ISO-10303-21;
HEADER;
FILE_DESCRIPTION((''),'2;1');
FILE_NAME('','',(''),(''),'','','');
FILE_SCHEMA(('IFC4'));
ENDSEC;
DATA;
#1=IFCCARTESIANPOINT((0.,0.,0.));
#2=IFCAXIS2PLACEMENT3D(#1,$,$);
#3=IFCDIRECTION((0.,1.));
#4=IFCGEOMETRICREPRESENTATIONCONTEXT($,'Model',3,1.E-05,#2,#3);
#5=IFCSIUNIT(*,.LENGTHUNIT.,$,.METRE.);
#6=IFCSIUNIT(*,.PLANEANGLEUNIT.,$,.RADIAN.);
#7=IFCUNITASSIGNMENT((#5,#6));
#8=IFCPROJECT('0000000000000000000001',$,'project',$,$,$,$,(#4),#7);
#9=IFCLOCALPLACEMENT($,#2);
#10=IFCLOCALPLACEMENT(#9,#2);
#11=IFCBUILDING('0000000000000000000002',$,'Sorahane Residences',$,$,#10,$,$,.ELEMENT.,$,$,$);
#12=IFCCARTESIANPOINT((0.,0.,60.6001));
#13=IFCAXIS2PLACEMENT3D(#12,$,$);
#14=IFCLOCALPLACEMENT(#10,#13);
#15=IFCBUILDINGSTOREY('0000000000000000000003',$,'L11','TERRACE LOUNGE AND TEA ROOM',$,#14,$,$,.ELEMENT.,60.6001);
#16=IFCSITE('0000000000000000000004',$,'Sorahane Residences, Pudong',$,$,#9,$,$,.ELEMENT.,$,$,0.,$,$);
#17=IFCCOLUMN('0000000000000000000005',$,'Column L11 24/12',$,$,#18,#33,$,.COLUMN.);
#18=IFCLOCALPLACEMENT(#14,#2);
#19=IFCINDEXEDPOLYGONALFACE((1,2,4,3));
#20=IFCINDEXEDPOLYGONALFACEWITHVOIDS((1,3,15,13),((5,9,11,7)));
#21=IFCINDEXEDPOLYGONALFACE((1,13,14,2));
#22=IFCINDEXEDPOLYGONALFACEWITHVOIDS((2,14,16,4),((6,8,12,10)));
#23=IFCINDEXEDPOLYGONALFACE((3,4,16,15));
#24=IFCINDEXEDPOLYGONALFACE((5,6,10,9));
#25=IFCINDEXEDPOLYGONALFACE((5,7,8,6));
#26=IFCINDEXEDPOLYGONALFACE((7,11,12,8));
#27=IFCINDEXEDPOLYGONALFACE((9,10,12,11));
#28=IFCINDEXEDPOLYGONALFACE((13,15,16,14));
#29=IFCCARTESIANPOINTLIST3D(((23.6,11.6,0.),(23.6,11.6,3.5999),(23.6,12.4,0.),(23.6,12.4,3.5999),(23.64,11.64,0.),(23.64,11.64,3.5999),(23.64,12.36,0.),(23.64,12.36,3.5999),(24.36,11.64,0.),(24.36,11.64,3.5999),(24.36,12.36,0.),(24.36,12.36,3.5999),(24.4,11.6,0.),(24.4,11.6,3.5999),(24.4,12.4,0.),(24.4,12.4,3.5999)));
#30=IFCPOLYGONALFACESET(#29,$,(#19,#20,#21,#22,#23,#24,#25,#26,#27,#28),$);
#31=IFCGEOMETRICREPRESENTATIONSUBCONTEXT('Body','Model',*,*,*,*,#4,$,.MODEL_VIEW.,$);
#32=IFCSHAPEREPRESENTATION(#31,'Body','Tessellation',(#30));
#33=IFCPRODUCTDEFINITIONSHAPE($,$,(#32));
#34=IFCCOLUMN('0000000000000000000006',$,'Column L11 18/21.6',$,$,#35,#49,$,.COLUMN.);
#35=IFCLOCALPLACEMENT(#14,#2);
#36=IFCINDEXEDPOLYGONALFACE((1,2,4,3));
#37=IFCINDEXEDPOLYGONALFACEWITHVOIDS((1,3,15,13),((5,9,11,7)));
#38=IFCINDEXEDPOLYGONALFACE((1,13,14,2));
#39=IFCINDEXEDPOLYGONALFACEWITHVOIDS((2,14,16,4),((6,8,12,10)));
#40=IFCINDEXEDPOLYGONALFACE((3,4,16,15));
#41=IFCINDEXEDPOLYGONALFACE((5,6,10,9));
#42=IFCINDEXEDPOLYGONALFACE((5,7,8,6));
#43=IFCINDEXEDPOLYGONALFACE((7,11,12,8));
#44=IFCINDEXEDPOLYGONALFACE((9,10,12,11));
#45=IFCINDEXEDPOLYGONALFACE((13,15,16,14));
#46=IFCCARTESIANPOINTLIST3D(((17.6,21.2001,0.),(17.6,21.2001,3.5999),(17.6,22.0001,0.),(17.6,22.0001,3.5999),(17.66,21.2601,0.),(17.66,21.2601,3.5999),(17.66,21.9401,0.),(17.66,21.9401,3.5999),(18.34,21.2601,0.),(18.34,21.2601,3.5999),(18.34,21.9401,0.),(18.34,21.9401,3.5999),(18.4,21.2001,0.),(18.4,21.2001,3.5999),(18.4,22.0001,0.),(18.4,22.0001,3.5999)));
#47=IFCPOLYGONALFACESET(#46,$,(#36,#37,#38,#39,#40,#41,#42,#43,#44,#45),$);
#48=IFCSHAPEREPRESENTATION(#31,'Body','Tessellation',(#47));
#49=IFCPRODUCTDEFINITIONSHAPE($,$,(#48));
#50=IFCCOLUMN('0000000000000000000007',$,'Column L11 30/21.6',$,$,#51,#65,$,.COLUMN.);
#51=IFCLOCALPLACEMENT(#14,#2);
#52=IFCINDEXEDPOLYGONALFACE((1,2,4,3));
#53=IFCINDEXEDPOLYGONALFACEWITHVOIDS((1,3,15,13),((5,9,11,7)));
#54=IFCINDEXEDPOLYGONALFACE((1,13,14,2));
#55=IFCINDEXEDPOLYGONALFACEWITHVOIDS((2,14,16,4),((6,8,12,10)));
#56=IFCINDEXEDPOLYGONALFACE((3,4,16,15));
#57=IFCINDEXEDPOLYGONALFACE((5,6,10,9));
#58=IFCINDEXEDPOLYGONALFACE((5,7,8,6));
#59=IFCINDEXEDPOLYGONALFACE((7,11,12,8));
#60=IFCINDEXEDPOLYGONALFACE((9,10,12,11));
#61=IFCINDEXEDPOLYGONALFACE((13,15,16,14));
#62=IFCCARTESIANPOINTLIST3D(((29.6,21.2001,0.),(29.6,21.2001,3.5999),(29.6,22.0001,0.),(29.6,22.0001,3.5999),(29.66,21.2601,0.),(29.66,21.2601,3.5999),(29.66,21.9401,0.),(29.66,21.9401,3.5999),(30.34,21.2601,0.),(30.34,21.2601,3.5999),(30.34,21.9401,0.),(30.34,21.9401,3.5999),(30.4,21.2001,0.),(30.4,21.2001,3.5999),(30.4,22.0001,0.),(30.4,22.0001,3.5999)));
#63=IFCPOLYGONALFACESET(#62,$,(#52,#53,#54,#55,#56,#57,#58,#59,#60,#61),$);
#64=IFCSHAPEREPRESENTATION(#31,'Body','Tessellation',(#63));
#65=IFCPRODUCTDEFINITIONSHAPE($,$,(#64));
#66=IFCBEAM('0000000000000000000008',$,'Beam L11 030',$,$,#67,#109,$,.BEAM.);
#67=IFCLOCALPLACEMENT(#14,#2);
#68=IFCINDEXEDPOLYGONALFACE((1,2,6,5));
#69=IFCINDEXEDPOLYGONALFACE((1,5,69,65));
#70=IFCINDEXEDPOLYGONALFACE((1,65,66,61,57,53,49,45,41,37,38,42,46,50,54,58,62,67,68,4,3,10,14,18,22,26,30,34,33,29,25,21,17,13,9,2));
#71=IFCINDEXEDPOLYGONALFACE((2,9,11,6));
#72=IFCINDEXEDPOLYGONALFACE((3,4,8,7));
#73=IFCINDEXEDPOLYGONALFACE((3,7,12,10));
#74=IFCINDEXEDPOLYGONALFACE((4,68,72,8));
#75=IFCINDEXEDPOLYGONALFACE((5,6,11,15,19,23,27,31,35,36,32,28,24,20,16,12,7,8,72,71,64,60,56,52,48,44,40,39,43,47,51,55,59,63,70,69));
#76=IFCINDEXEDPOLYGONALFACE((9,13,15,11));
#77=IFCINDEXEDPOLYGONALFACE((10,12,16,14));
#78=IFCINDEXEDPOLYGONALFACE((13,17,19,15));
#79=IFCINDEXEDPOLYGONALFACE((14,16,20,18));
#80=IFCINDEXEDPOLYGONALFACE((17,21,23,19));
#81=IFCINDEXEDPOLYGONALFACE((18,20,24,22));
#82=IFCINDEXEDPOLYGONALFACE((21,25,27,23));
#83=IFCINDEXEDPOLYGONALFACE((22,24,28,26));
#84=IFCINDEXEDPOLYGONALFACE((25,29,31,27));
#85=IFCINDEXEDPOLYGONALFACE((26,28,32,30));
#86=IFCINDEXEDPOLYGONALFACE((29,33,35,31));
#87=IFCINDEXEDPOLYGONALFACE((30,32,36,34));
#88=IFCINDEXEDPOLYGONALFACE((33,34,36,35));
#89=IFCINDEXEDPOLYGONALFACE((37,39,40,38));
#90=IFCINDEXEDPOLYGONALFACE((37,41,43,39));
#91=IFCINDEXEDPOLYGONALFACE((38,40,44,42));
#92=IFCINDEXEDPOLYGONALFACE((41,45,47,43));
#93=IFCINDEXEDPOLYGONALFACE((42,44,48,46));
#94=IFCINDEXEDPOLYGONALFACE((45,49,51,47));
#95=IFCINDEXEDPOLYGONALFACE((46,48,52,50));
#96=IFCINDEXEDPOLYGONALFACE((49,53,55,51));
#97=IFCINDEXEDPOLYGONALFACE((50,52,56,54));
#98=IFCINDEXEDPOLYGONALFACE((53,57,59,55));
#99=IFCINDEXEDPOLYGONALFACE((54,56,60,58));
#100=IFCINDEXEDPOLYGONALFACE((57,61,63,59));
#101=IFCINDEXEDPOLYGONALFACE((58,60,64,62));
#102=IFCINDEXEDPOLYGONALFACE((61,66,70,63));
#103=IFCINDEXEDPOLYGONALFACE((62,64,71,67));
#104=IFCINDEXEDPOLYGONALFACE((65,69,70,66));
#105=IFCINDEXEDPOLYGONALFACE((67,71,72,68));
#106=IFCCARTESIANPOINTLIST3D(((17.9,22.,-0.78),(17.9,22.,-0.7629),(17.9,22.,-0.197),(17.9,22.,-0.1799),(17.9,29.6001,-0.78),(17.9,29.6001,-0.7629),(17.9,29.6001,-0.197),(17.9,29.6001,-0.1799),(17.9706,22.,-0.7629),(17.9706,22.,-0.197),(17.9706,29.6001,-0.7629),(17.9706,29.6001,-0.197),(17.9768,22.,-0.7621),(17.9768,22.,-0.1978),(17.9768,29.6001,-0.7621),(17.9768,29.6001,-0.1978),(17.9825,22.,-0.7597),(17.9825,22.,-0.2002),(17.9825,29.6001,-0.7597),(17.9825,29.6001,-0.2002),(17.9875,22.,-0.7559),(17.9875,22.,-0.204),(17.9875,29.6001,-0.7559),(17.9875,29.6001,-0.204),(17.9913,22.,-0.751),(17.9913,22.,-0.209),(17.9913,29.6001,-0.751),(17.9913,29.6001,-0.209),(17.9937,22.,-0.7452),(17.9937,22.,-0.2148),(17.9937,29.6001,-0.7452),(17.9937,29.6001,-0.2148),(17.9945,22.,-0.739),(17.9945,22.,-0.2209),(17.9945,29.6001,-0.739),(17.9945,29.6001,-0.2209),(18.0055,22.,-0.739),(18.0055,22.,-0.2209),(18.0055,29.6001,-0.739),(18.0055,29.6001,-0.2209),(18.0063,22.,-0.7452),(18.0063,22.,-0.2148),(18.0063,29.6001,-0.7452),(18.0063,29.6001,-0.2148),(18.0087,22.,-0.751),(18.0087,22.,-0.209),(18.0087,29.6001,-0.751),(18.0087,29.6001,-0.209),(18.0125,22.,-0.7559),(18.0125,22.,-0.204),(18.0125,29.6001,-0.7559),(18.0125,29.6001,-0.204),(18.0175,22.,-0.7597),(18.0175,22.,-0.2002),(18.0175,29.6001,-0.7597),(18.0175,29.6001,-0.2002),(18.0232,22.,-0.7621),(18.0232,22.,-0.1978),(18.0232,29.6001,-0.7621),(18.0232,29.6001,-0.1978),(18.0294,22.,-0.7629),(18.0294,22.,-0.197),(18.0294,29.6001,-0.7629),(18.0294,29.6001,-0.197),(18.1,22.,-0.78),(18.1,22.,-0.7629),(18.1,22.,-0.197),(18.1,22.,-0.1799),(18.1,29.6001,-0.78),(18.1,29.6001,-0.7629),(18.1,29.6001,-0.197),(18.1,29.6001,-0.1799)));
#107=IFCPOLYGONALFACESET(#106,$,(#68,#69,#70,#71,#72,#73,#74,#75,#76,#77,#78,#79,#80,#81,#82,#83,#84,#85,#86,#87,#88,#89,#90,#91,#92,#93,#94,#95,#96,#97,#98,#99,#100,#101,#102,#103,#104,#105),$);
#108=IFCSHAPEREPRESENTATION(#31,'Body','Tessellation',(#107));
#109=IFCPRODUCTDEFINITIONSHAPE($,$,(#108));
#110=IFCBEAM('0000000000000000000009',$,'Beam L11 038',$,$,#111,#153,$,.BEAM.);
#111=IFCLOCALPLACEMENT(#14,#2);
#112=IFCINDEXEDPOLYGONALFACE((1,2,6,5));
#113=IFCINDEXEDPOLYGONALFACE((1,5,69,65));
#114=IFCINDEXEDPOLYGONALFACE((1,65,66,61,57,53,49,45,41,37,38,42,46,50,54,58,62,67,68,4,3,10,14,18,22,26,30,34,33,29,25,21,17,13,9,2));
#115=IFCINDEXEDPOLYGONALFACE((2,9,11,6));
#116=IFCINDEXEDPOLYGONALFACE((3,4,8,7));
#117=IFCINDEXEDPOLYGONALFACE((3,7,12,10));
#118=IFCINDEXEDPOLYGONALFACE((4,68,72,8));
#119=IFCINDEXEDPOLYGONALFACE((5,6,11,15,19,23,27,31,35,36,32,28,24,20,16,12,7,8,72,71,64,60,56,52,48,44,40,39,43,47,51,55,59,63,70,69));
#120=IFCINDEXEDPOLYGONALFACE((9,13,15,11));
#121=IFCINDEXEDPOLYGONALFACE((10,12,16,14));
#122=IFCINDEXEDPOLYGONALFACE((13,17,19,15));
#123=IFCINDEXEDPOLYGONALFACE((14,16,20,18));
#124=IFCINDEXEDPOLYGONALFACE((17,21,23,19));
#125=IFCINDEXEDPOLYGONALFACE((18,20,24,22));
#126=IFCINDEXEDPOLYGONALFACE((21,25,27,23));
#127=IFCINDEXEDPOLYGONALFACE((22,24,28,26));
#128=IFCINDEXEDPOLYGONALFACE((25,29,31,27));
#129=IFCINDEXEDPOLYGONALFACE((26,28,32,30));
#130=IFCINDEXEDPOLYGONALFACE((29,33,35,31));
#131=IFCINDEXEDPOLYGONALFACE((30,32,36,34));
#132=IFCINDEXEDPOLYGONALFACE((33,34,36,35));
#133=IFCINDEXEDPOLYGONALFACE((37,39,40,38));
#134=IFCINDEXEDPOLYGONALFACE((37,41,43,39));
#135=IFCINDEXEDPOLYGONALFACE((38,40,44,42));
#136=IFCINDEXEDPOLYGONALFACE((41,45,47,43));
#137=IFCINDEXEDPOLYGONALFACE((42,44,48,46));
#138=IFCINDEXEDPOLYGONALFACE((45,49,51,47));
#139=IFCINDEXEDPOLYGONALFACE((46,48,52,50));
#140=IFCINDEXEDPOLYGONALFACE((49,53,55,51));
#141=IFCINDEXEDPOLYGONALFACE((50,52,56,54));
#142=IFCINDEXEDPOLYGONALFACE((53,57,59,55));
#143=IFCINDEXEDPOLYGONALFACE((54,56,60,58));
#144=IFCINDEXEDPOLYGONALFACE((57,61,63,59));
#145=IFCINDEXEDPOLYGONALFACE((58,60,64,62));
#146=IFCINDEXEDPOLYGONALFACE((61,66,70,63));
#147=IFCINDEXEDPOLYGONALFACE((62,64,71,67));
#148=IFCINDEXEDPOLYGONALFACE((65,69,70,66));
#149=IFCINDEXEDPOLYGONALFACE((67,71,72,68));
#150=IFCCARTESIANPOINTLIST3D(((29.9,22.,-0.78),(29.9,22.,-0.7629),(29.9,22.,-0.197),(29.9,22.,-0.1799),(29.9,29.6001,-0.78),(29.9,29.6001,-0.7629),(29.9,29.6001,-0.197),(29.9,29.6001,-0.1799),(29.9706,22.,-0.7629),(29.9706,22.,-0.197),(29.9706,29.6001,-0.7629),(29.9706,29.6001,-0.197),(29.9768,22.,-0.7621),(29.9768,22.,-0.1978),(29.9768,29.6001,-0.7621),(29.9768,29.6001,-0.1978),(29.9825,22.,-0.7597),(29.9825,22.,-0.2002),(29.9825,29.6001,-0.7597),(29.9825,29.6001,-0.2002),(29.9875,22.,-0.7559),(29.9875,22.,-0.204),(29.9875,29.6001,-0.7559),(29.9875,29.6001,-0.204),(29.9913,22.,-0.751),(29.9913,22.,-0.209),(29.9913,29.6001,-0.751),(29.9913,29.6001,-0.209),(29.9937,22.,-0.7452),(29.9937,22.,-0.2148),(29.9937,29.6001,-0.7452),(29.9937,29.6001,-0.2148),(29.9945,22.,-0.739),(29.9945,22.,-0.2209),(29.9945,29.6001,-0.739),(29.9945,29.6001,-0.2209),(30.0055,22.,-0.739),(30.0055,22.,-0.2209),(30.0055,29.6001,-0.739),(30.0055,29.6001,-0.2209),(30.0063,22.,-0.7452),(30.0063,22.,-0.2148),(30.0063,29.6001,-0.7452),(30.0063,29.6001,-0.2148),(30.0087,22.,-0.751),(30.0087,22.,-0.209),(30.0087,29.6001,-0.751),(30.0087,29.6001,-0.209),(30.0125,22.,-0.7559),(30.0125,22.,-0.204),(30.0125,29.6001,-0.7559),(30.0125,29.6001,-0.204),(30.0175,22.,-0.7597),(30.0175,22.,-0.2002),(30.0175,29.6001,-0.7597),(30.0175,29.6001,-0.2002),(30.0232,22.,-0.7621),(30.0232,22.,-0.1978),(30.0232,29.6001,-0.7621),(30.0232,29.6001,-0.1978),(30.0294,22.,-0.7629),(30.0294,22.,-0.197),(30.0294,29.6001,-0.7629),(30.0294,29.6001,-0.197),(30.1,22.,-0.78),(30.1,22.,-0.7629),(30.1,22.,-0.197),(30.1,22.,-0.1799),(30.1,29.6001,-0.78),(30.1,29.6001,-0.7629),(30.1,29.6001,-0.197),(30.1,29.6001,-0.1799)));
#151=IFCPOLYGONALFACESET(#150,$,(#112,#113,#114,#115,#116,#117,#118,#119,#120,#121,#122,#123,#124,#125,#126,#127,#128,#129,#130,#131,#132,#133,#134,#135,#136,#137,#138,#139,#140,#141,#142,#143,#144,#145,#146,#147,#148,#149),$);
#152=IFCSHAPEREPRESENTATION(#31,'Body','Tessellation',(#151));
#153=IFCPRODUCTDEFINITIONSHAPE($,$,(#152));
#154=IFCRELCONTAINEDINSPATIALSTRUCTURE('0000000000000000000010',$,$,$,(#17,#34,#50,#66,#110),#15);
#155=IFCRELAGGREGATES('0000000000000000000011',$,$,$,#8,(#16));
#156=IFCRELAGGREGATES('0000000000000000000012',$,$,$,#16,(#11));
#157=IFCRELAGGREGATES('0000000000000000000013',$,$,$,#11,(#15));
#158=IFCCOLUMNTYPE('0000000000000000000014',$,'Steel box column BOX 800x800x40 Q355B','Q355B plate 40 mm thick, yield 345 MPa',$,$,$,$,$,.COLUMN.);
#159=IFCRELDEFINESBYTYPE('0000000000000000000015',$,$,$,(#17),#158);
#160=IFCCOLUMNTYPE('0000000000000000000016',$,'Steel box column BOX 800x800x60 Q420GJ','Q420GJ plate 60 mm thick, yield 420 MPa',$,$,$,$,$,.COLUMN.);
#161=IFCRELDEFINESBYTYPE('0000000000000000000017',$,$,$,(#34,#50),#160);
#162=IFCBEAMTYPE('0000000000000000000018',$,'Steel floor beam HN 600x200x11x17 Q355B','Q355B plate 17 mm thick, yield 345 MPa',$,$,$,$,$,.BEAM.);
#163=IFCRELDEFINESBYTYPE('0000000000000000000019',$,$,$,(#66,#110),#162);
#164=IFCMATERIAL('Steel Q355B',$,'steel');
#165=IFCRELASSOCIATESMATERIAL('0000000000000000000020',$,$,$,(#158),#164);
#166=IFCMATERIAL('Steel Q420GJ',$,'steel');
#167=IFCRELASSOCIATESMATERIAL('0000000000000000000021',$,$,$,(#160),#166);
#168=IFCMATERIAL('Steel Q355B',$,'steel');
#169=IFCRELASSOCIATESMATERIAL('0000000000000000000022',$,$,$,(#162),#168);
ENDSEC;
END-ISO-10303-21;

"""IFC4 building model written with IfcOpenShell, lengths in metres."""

from ifc_helpers import new_model, si_unit, direction, frame, origin, origin_2d, place, context, subcontext, project, spatial, hollow_rectangle, i_section, extrude, material, material_profile, profile_set, type_object, element, save


model = new_model("IFC4")

# Units and contexts
model_context = context("Model", 3, precision=1e-05, world=origin(), true_north=direction((0.0, 1.0)))
body_context = subcontext(model_context, "Body", "Model", "MODEL_VIEW")
ifc_project = project(units=[si_unit("LENGTHUNIT", "METRE"), si_unit("PLANEANGLEUNIT", "RADIAN")], contexts=[model_context])

# Site, building, storey
site_placement = place(None, origin())
site = spatial("IfcSite", under=ifc_project, at=site_placement, Name="Sorahane Residences, Pudong", CompositionType="ELEMENT", RefElevation=0.0)
building_placement = place(site_placement, origin())
building = spatial("IfcBuilding", under=site, at=building_placement, Name="Sorahane Residences", CompositionType="ELEMENT")
storey_placement = place(building_placement, frame((0.0, 0.0, 60.6001)))
storey = spatial("IfcBuildingStorey", under=building, at=storey_placement, Name="L11", Description="TERRACE LOUNGE AND TEA ROOM", CompositionType="ELEMENT", Elevation=60.6001)

# Columns
ifc_material_1 = material(Name="Steel Q355B", Category="steel")
ifc_material_profile_1 = material_profile(ifc_material_1, hollow_rectangle(XDim=0.8, YDim=0.8, WallThickness=0.04, at=origin_2d()), Name="BOX 800x800x40")
ifc_profile_set_1 = profile_set([ifc_material_profile_1], Name="Steel Q355B")
column_type_1 = type_object("IfcColumnType", Name="Steel box column BOX 800x800x40 Q355B", Description="Q355B plate 40 mm thick, yield 345 MPa", PredefinedType="COLUMN", material=ifc_profile_set_1)
column_placement = place(storey_placement, frame((24.0, 12.0, 0.0), z_axis=(0.0, 0.0, 1.0), x_axis=(1.0, 0.0, 0.0)))
element("IfcColumn", 1, at=column_placement, inside=storey, type_object=column_type_1, Name="Column L11 24/12", PredefinedType="COLUMN", context=body_context, shape_type="SweptSolid", body=[
    extrude(hollow_rectangle(XDim=0.8, YDim=0.8, WallThickness=0.04, at=origin_2d()), origin(), (0.0, 0.0, 1.0), 3.5999),
])
ifc_material_2 = material(Name="Steel Q420GJ", Category="steel")
ifc_material_profile_2 = material_profile(ifc_material_2, hollow_rectangle(XDim=0.8, YDim=0.8, WallThickness=0.0601, at=origin_2d()), Name="BOX 800x800x60")
ifc_profile_set_2 = profile_set([ifc_material_profile_2], Name="Steel Q420GJ")
column_type_2 = type_object("IfcColumnType", Name="Steel box column BOX 800x800x60 Q420GJ", Description="Q420GJ plate 60 mm thick, yield 420 MPa", PredefinedType="COLUMN", material=ifc_profile_set_2)
for number, where, z_axis, x_axis, name in (
    (2, (18.0, 21.6001, 0.0), (0.0, 0.0, 1.0), (1.0, 0.0, 0.0), "Column L11 18/21.6"),
    (3, (30.0, 21.6001, 0.0), (0.0, 0.0, 1.0), (1.0, 0.0, 0.0), "Column L11 30/21.6"),
):
    element("IfcColumn", number, at=place(storey_placement, frame(where, z_axis=z_axis, x_axis=x_axis)), inside=storey, type_object=column_type_2, Name=name, PredefinedType="COLUMN", context=body_context, shape_type="SweptSolid", body=[
        extrude(hollow_rectangle(XDim=0.8, YDim=0.8, WallThickness=0.0601, at=origin_2d()), origin(), (0.0, 0.0, 1.0), 3.5999),
    ])

# Beams
ifc_material_3 = material(Name="Steel Q355B", Category="steel")
ifc_material_profile_3 = material_profile(ifc_material_3, i_section(OverallWidth=0.2, OverallDepth=0.6001, WebThickness=0.011, FlangeThickness=0.0171, FilletRadius=0.0239, at=origin_2d()), Name="HN 600x200x11x17")
ifc_profile_set_3 = profile_set([ifc_material_profile_3], Name="Steel Q355B")
beam_type_1 = type_object("IfcBeamType", Name="Steel floor beam HN 600x200x11x17 Q355B", Description="Q355B plate 17 mm thick, yield 345 MPa", PredefinedType="BEAM", material=ifc_profile_set_3)
for number, where, z_axis, x_axis, name in (
    (4, (18.0, 22.0, -0.48), (0.0, 1.0, 0.0), (-1.0, 0.0, 0.0), "Beam L11 030"),
    (5, (30.0, 22.0, -0.48), (0.0, 1.0, 0.0), (-1.0, 0.0, 0.0), "Beam L11 038"),
):
    element("IfcBeam", number, at=place(storey_placement, frame(where, z_axis=z_axis, x_axis=x_axis)), inside=storey, type_object=beam_type_1, Name=name, PredefinedType="BEAM", context=body_context, shape_type="SweptSolid", body=[
        extrude(i_section(OverallWidth=0.2, OverallDepth=0.6001, WebThickness=0.011, FlangeThickness=0.0171, FilletRadius=0.0239, at=origin_2d()), origin(), (0.0, 0.0, 1.0), 7.6001),
    ])

save(model, "model.ifc")
